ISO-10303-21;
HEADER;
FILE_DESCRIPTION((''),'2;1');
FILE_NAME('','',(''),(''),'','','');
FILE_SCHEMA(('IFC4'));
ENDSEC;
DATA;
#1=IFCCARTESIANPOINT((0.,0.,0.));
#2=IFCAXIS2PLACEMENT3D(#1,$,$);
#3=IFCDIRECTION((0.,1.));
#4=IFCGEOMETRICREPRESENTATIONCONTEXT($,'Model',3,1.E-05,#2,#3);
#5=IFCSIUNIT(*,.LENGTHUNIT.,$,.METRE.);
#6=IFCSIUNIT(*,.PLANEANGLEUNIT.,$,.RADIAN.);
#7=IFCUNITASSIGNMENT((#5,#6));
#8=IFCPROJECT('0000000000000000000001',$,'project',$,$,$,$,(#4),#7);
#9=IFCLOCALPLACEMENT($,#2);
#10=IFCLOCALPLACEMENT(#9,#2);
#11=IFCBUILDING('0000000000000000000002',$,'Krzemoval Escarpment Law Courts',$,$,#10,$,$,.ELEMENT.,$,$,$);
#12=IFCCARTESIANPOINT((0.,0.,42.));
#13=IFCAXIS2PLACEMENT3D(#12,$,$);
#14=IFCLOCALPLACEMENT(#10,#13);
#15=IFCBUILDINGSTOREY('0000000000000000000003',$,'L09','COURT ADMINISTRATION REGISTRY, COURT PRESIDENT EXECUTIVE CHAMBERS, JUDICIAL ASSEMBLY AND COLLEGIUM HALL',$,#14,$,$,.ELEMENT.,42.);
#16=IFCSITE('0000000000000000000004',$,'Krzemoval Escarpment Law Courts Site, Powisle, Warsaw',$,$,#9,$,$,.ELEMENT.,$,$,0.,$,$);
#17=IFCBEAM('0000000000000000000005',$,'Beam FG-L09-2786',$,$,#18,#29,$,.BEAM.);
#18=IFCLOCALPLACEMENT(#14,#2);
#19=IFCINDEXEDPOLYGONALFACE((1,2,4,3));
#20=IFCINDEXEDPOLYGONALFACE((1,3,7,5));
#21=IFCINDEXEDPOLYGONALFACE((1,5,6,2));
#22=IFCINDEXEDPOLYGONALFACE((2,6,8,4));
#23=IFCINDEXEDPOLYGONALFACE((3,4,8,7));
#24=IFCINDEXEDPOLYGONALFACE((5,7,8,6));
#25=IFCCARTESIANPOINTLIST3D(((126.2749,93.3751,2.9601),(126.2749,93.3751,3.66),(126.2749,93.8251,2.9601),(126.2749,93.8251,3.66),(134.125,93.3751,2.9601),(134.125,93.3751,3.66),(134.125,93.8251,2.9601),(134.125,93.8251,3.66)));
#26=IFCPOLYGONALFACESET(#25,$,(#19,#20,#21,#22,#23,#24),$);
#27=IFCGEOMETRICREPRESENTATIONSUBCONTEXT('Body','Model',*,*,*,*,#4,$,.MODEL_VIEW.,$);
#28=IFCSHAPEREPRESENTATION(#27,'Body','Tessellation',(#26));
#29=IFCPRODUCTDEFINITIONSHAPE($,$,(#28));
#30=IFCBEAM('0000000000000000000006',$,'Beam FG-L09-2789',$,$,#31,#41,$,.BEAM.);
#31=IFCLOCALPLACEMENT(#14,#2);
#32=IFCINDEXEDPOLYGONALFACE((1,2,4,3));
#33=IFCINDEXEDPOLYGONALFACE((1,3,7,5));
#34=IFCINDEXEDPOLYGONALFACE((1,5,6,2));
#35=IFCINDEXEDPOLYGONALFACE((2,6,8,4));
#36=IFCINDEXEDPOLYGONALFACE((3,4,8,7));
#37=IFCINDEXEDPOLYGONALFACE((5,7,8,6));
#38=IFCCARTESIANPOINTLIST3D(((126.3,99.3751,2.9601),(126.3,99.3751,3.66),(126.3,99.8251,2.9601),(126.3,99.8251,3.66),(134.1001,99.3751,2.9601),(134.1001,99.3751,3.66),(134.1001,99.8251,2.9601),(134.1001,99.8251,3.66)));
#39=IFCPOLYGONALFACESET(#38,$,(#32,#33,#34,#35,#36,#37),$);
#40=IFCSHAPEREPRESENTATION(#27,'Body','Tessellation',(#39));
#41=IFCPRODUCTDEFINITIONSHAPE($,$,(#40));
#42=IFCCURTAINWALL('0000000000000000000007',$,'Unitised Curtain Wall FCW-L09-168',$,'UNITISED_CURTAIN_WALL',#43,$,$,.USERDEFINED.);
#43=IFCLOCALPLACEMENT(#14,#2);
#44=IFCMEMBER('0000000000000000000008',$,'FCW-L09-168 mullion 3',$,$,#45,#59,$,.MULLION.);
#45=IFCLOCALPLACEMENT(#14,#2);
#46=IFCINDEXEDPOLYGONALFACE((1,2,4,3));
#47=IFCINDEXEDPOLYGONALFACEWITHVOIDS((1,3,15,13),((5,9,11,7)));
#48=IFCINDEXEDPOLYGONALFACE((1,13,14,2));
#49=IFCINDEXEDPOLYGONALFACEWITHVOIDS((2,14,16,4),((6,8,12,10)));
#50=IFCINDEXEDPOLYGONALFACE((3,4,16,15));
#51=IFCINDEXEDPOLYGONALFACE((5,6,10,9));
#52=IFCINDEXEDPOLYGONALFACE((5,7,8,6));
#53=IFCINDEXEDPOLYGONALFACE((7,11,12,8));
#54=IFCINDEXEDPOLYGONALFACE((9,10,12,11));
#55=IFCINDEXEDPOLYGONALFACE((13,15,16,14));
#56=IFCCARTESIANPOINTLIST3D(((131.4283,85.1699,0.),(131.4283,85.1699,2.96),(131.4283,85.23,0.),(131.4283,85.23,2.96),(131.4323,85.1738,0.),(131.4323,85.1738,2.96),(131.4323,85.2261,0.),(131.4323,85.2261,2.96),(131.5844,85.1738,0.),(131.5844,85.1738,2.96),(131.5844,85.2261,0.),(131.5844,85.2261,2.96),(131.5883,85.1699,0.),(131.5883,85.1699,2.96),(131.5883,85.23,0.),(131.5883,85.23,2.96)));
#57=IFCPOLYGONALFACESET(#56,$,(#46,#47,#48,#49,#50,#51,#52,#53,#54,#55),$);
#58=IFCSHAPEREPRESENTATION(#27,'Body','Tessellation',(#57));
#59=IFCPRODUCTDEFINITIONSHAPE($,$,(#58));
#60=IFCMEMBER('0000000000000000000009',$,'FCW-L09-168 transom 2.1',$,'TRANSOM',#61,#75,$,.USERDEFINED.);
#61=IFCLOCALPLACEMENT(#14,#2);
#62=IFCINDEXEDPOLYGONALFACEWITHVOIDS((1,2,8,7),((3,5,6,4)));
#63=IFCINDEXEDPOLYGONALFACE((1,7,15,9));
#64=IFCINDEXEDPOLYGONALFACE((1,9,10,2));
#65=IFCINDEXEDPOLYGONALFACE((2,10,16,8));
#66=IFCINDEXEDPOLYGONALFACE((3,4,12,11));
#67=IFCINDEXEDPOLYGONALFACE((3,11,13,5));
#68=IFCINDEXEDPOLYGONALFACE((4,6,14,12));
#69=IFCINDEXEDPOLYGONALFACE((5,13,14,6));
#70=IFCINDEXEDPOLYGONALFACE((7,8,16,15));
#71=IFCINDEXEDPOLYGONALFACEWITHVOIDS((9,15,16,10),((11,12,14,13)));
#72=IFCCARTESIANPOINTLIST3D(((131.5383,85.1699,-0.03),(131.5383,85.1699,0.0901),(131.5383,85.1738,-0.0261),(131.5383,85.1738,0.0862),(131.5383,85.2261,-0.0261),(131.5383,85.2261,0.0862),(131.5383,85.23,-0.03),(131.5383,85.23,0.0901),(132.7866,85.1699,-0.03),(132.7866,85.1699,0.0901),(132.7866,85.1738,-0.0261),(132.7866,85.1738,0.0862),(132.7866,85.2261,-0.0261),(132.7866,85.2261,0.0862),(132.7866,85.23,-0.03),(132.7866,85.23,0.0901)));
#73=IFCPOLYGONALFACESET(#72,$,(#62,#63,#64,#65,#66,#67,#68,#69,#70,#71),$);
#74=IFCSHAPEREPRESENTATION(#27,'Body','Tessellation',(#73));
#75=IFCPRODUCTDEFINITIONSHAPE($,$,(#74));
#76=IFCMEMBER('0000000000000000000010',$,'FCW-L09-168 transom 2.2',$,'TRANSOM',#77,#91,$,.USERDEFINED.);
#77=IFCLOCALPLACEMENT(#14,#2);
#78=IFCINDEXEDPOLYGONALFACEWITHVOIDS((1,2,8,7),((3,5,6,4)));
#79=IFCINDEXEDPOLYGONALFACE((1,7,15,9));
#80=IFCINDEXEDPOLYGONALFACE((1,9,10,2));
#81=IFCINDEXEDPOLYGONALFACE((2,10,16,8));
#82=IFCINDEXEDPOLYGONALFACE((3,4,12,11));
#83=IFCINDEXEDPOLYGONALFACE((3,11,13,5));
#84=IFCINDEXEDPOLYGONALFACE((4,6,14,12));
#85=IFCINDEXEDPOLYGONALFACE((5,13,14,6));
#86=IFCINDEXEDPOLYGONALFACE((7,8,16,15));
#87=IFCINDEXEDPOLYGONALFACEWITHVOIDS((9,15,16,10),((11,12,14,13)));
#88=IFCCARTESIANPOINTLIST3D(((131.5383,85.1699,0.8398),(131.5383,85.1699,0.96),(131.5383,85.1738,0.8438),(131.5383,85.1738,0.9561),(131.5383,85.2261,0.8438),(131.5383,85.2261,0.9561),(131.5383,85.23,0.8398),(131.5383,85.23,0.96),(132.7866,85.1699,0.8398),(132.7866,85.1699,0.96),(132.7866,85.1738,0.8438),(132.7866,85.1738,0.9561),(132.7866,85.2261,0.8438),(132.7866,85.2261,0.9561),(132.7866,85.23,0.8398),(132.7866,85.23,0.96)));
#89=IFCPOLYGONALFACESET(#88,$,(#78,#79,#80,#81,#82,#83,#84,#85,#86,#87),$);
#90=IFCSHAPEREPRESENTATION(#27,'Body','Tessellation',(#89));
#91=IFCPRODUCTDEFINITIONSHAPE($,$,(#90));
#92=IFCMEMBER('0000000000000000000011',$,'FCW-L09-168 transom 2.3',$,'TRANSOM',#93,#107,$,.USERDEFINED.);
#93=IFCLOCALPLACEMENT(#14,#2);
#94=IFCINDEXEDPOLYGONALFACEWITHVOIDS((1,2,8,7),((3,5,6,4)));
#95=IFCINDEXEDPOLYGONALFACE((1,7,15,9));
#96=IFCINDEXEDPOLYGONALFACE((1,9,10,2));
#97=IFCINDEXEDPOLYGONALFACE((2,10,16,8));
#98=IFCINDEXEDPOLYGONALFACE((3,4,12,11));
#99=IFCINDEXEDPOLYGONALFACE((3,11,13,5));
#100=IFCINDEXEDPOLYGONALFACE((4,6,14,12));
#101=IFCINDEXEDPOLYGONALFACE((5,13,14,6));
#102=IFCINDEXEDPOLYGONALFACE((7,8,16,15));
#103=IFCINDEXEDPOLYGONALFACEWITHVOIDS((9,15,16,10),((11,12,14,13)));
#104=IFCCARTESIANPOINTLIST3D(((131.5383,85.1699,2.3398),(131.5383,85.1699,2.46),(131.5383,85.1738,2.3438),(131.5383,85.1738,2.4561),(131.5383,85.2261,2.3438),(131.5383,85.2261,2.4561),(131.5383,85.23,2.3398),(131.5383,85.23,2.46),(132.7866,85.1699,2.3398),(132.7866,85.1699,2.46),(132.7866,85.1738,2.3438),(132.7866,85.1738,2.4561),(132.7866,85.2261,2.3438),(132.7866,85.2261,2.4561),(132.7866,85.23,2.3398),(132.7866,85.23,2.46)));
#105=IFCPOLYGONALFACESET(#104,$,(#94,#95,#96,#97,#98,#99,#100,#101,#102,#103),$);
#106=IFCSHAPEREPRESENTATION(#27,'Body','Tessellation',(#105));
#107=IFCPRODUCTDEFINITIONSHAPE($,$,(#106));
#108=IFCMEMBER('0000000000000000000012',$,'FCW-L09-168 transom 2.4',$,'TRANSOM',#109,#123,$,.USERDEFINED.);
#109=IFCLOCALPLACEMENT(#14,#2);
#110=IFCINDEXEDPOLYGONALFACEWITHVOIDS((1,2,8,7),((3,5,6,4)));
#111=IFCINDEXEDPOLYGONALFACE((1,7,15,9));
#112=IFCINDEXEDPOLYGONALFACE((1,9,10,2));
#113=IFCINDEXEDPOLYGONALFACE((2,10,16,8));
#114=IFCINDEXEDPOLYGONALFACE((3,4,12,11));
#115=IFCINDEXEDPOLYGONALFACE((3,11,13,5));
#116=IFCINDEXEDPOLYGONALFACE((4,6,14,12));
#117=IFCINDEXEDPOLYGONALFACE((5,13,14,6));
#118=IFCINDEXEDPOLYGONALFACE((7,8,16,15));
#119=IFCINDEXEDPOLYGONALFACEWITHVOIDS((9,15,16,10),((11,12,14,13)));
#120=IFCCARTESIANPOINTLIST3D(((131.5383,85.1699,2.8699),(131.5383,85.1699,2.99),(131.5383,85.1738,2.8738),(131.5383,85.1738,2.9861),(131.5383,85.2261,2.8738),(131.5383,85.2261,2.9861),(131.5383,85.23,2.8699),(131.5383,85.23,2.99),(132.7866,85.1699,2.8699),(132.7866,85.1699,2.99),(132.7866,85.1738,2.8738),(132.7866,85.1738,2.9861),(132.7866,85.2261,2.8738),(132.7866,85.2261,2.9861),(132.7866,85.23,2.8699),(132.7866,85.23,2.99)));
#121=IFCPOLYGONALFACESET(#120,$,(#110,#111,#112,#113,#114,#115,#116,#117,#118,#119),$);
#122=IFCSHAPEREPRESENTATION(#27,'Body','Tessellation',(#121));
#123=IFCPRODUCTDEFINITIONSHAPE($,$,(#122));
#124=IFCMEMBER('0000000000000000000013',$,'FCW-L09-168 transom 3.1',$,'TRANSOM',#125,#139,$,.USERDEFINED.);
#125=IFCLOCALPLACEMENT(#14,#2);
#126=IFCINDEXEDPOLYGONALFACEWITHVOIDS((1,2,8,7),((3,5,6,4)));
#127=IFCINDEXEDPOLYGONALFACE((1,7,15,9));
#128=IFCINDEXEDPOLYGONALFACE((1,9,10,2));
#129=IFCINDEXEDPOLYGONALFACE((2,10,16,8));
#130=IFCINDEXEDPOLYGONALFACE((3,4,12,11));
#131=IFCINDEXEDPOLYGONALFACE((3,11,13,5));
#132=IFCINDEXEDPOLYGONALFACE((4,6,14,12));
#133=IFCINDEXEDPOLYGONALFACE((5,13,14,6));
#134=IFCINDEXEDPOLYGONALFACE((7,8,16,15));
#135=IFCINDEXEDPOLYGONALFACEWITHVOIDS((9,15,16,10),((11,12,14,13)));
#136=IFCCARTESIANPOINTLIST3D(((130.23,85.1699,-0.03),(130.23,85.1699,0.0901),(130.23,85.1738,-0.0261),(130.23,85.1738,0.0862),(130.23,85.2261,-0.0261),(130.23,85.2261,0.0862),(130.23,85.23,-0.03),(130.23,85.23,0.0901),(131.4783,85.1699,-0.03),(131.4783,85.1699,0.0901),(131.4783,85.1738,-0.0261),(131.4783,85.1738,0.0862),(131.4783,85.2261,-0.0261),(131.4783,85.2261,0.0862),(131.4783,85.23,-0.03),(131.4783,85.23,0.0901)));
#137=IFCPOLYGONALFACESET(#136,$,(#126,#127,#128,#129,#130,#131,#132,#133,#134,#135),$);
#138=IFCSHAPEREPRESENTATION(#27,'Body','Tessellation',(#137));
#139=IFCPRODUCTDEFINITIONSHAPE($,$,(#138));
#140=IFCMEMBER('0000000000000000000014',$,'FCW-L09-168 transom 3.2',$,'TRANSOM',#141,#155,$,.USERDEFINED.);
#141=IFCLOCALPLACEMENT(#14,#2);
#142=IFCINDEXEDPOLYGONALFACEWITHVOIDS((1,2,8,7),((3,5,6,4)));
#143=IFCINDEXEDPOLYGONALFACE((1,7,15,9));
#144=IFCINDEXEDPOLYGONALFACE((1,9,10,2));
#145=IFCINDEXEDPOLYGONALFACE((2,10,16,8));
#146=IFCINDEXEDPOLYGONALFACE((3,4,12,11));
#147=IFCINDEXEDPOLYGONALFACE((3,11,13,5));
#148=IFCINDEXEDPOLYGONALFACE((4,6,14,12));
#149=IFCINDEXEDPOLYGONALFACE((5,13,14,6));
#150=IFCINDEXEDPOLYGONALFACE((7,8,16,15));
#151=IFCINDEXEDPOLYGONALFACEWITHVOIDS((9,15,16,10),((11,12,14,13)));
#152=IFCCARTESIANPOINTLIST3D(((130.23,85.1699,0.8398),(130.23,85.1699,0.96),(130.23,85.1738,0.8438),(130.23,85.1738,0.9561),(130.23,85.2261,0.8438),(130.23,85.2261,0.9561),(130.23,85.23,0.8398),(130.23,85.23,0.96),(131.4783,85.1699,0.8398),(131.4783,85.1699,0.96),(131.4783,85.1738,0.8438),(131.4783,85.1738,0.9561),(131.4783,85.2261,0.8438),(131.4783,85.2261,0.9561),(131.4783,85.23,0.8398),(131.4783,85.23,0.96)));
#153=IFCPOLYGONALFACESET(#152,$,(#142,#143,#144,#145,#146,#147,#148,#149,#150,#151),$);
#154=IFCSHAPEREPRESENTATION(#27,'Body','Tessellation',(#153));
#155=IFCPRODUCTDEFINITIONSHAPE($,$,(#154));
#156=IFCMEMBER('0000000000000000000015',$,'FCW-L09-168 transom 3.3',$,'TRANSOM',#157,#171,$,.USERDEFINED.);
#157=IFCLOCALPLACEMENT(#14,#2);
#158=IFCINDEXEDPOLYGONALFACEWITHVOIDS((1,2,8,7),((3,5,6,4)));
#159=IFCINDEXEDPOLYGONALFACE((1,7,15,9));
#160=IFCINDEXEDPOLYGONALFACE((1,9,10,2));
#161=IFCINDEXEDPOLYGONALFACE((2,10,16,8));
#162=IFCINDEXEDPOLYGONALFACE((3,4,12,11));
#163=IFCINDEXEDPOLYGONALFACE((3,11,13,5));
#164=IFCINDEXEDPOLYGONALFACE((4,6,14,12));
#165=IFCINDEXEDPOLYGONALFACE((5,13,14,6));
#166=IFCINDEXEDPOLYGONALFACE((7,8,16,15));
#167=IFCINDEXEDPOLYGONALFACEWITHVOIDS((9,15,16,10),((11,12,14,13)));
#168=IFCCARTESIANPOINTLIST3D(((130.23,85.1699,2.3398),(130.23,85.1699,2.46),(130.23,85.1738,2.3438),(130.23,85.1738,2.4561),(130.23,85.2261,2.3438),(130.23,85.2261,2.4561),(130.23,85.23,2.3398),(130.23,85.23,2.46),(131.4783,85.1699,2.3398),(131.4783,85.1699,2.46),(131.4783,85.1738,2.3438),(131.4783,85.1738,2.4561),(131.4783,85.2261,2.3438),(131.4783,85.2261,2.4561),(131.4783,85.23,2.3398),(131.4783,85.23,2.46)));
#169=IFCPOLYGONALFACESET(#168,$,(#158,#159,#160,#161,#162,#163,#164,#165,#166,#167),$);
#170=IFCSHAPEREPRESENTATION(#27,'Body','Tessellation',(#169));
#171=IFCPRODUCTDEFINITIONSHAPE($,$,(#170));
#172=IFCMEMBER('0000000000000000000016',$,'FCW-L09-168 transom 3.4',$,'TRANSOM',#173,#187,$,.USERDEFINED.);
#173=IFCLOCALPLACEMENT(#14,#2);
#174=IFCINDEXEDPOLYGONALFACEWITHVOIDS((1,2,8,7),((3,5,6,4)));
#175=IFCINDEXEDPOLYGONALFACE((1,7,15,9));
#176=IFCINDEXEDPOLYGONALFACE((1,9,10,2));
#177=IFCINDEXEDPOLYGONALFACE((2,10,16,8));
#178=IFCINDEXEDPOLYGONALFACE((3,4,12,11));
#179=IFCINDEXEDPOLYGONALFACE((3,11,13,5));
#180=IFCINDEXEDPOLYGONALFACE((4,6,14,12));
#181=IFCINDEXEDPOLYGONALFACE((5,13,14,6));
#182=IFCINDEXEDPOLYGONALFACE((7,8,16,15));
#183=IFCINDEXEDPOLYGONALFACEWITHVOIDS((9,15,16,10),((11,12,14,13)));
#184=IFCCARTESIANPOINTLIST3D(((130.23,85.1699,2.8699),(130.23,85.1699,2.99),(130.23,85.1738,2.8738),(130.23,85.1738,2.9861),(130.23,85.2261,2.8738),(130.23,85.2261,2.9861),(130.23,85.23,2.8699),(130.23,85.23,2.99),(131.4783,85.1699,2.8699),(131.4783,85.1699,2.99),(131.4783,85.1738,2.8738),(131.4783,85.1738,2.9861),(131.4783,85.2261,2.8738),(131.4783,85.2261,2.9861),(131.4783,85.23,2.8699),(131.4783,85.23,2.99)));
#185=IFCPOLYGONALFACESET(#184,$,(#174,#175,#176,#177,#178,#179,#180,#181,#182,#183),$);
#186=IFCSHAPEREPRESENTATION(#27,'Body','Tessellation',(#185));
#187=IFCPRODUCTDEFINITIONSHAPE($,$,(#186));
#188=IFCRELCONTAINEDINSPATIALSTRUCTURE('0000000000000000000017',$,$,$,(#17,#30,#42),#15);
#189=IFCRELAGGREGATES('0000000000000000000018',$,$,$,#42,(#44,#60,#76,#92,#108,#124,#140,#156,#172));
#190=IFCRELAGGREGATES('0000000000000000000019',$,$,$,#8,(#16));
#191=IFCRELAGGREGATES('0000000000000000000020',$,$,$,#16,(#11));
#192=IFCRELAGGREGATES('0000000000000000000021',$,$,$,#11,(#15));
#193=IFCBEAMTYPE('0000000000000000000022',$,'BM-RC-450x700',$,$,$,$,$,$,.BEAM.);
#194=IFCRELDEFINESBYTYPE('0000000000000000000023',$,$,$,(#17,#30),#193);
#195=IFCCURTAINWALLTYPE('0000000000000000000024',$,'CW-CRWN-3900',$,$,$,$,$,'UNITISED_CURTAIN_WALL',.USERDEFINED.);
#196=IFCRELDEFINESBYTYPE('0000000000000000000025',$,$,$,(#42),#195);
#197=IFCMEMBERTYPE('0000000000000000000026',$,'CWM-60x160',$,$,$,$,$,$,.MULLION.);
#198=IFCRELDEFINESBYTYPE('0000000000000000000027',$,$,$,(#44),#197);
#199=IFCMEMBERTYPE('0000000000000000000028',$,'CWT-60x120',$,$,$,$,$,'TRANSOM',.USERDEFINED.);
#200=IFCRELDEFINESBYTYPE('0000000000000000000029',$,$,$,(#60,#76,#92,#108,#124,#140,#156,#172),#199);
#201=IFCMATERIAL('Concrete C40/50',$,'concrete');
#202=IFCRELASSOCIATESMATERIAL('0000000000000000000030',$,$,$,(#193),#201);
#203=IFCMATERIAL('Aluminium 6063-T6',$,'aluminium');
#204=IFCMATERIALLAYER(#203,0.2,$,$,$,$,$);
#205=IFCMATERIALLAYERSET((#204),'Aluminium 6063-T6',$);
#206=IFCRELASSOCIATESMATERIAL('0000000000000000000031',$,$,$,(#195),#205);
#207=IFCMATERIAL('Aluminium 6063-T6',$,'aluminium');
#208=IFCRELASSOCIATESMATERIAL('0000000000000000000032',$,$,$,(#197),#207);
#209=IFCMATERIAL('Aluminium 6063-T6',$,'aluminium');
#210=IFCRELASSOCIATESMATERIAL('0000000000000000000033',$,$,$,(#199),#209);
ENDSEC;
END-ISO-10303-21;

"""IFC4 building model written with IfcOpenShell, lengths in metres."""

from ifc_helpers import new_model, si_unit, direction, frame, origin, origin_2d, place, context, subcontext, project, spatial, rectangle, hollow_rectangle, extrude, material, layer, layer_set, material_profile, profile_set, type_object, element, aggregate, save


model = new_model("IFC4")

# Units and contexts
model_context = context("Model", 3, precision=1e-05, world=origin(), true_north=direction((0.0, 1.0)))
body_context = subcontext(model_context, "Body", "Model", "MODEL_VIEW")
ifc_project = project(units=[si_unit("LENGTHUNIT", "METRE"), si_unit("PLANEANGLEUNIT", "RADIAN")], contexts=[model_context])

# Site, building, storey
site_placement = place(None, origin())
site = spatial("IfcSite", under=ifc_project, at=site_placement, Name="Krzemoval Escarpment Law Courts Site, Powisle, Warsaw", CompositionType="ELEMENT", RefElevation=0.0)
building_placement = place(site_placement, origin())
building = spatial("IfcBuilding", under=site, at=building_placement, Name="Krzemoval Escarpment Law Courts", CompositionType="ELEMENT")
storey_placement = place(building_placement, frame((0.0, 0.0, 42.0)))
storey = spatial("IfcBuildingStorey", under=building, at=storey_placement, Name="L09", Description="COURT ADMINISTRATION REGISTRY, COURT PRESIDENT EXECUTIVE CHAMBERS, JUDICIAL ASSEMBLY AND COLLEGIUM HALL", CompositionType="ELEMENT", Elevation=42.0)

# Beams
ifc_material_1 = material(Name="Concrete C40/50", Category="concrete")
ifc_material_profile_1 = material_profile(ifc_material_1, rectangle(XDim=0.45, YDim=0.7, at=origin_2d()), Name="RCB 450x700")
ifc_profile_set_1 = profile_set([ifc_material_profile_1], Name="Concrete C40/50")
beam_type_1 = type_object("IfcBeamType", Name="BM-RC-450x700", PredefinedType="BEAM", material=ifc_profile_set_1)
beam_1_placement = place(storey_placement, frame((126.2749, 93.6001, 3.3101), z_axis=(1.0, 0.0, 0.0), x_axis=(0.0, 1.0, 0.0)))
element("IfcBeam", 1, at=beam_1_placement, inside=storey, type_object=beam_type_1, Name="Beam FG-L09-2786", PredefinedType="BEAM", context=body_context, shape_type="SweptSolid", body=[
    extrude(rectangle(XDim=0.45, YDim=0.7, at=origin_2d()), origin(), (0.0, 0.0, 1.0), 7.8501),
])
beam_2_placement = place(storey_placement, frame((126.3, 99.6001, 3.3101), z_axis=(1.0, 0.0, 0.0), x_axis=(0.0, 1.0, 0.0)))
element("IfcBeam", 2, at=beam_2_placement, inside=storey, type_object=beam_type_1, Name="Beam FG-L09-2789", PredefinedType="BEAM", context=body_context, shape_type="SweptSolid", body=[
    extrude(rectangle(XDim=0.45, YDim=0.7, at=origin_2d()), origin(), (0.0, 0.0, 1.0), 7.8),
])

# Curtain wall, members
ifc_material_2 = material(Name="Aluminium 6063-T6", Category="aluminium")
ifc_layer_1 = layer(ifc_material_2, 0.2)
ifc_layer_set_1 = layer_set([ifc_layer_1], Name="Aluminium 6063-T6")
curtain_wall_type = type_object("IfcCurtainWallType", Name="CW-CRWN-3900", ElementType="UNITISED_CURTAIN_WALL", PredefinedType="USERDEFINED", material=ifc_layer_set_1)
curtain_wall_placement = place(storey_placement, origin())
curtain_wall = element("IfcCurtainWall", 3, at=curtain_wall_placement, inside=storey, type_object=curtain_wall_type, Name="Unitised Curtain Wall FCW-L09-168", ObjectType="UNITISED_CURTAIN_WALL", PredefinedType="USERDEFINED")
ifc_material_3 = material(Name="Aluminium 6063-T6", Category="aluminium")
ifc_material_profile_2 = material_profile(ifc_material_3, hollow_rectangle(XDim=0.0601, YDim=0.1599, WallThickness=0.0039, at=origin_2d()), Name="ALU M60x160")
ifc_profile_set_2 = profile_set([ifc_material_profile_2], Name="Aluminium 6063-T6")
member_type_1 = type_object("IfcMemberType", Name="CWM-60x160", PredefinedType="MULLION", material=ifc_profile_set_2)
member_1_placement = place(storey_placement, frame((131.5083, 85.2, 0.0), z_axis=(0.0, 0.0, 1.0), x_axis=(0.0, -1.0, 0.0)))
member_1 = element("IfcMember", 4, at=member_1_placement, type_object=member_type_1, Name="FCW-L09-168 mullion 3", PredefinedType="MULLION", context=body_context, shape_type="SweptSolid", body=[
    extrude(hollow_rectangle(XDim=0.0601, YDim=0.1599, WallThickness=0.0039, at=origin_2d()), origin(), (0.0, 0.0, 1.0), 2.96),
])
ifc_material_4 = material(Name="Aluminium 6063-T6", Category="aluminium")
ifc_material_profile_3 = material_profile(ifc_material_4, hollow_rectangle(XDim=0.0601, YDim=0.1201, WallThickness=0.0039, at=origin_2d()), Name="ALU T60x120")
ifc_profile_set_3 = profile_set([ifc_material_profile_3], Name="Aluminium 6063-T6")
member_type_2 = type_object("IfcMemberType", Name="CWT-60x120", ElementType="TRANSOM", PredefinedType="USERDEFINED", material=ifc_profile_set_3)
member_2_placement = place(storey_placement, frame((132.7866, 85.2, 0.03), z_axis=(-1.0, 0.0, 0.0), x_axis=(0.0, -1.0, 0.0)))
member_2 = element("IfcMember", 5, at=member_2_placement, type_object=member_type_2, Name="FCW-L09-168 transom 2.1", ObjectType="TRANSOM", PredefinedType="USERDEFINED", context=body_context, shape_type="SweptSolid", body=[
    extrude(hollow_rectangle(XDim=0.0601, YDim=0.1201, WallThickness=0.0039, at=origin_2d()), origin(), (0.0, 0.0, 1.0), 1.2483),
])
member_3_placement = place(storey_placement, frame((132.7866, 85.2, 0.8999), z_axis=(-1.0, 0.0, 0.0), x_axis=(0.0, -1.0, 0.0)))
member_3 = element("IfcMember", 6, at=member_3_placement, type_object=member_type_2, Name="FCW-L09-168 transom 2.2", ObjectType="TRANSOM", PredefinedType="USERDEFINED", context=body_context, shape_type="SweptSolid", body=[
    extrude(hollow_rectangle(XDim=0.0601, YDim=0.1201, WallThickness=0.0039, at=origin_2d()), origin(), (0.0, 0.0, 1.0), 1.2483),
])
member_4_placement = place(storey_placement, frame((132.7866, 85.2, 2.3999), z_axis=(-1.0, 0.0, 0.0), x_axis=(0.0, -1.0, 0.0)))
member_4 = element("IfcMember", 7, at=member_4_placement, type_object=member_type_2, Name="FCW-L09-168 transom 2.3", ObjectType="TRANSOM", PredefinedType="USERDEFINED", context=body_context, shape_type="SweptSolid", body=[
    extrude(hollow_rectangle(XDim=0.0601, YDim=0.1201, WallThickness=0.0039, at=origin_2d()), origin(), (0.0, 0.0, 1.0), 1.2483),
])
member_5_placement = place(storey_placement, frame((132.7866, 85.2, 2.9299), z_axis=(-1.0, 0.0, 0.0), x_axis=(0.0, -1.0, 0.0)))
member_5 = element("IfcMember", 8, at=member_5_placement, type_object=member_type_2, Name="FCW-L09-168 transom 2.4", ObjectType="TRANSOM", PredefinedType="USERDEFINED", context=body_context, shape_type="SweptSolid", body=[
    extrude(hollow_rectangle(XDim=0.0601, YDim=0.1201, WallThickness=0.0039, at=origin_2d()), origin(), (0.0, 0.0, 1.0), 1.2483),
])
member_6_placement = place(storey_placement, frame((131.4783, 85.2, 0.03), z_axis=(-1.0, 0.0, 0.0), x_axis=(0.0, -1.0, 0.0)))
member_6 = element("IfcMember", 9, at=member_6_placement, type_object=member_type_2, Name="FCW-L09-168 transom 3.1", ObjectType="TRANSOM", PredefinedType="USERDEFINED", context=body_context, shape_type="SweptSolid", body=[
    extrude(hollow_rectangle(XDim=0.0601, YDim=0.1201, WallThickness=0.0039, at=origin_2d()), origin(), (0.0, 0.0, 1.0), 1.2483),
])
member_7_placement = place(storey_placement, frame((131.4783, 85.2, 0.8999), z_axis=(-1.0, 0.0, 0.0), x_axis=(0.0, -1.0, 0.0)))
member_7 = element("IfcMember", 10, at=member_7_placement, type_object=member_type_2, Name="FCW-L09-168 transom 3.2", ObjectType="TRANSOM", PredefinedType="USERDEFINED", context=body_context, shape_type="SweptSolid", body=[
    extrude(hollow_rectangle(XDim=0.0601, YDim=0.1201, WallThickness=0.0039, at=origin_2d()), origin(), (0.0, 0.0, 1.0), 1.2483),
])
member_8_placement = place(storey_placement, frame((131.4783, 85.2, 2.3999), z_axis=(-1.0, 0.0, 0.0), x_axis=(0.0, -1.0, 0.0)))
member_8 = element("IfcMember", 11, at=member_8_placement, type_object=member_type_2, Name="FCW-L09-168 transom 3.3", ObjectType="TRANSOM", PredefinedType="USERDEFINED", context=body_context, shape_type="SweptSolid", body=[
    extrude(hollow_rectangle(XDim=0.0601, YDim=0.1201, WallThickness=0.0039, at=origin_2d()), origin(), (0.0, 0.0, 1.0), 1.2483),
])
member_9_placement = place(storey_placement, frame((131.4783, 85.2, 2.9299), z_axis=(-1.0, 0.0, 0.0), x_axis=(0.0, -1.0, 0.0)))
member_9 = element("IfcMember", 12, at=member_9_placement, type_object=member_type_2, Name="FCW-L09-168 transom 3.4", ObjectType="TRANSOM", PredefinedType="USERDEFINED", context=body_context, shape_type="SweptSolid", body=[
    extrude(hollow_rectangle(XDim=0.0601, YDim=0.1201, WallThickness=0.0039, at=origin_2d()), origin(), (0.0, 0.0, 1.0), 1.2483),
])

aggregate(curtain_wall, [member_1, member_2, member_3, member_4, member_5, member_6, member_7, member_8, member_9])

save(model, "model.ifc")
